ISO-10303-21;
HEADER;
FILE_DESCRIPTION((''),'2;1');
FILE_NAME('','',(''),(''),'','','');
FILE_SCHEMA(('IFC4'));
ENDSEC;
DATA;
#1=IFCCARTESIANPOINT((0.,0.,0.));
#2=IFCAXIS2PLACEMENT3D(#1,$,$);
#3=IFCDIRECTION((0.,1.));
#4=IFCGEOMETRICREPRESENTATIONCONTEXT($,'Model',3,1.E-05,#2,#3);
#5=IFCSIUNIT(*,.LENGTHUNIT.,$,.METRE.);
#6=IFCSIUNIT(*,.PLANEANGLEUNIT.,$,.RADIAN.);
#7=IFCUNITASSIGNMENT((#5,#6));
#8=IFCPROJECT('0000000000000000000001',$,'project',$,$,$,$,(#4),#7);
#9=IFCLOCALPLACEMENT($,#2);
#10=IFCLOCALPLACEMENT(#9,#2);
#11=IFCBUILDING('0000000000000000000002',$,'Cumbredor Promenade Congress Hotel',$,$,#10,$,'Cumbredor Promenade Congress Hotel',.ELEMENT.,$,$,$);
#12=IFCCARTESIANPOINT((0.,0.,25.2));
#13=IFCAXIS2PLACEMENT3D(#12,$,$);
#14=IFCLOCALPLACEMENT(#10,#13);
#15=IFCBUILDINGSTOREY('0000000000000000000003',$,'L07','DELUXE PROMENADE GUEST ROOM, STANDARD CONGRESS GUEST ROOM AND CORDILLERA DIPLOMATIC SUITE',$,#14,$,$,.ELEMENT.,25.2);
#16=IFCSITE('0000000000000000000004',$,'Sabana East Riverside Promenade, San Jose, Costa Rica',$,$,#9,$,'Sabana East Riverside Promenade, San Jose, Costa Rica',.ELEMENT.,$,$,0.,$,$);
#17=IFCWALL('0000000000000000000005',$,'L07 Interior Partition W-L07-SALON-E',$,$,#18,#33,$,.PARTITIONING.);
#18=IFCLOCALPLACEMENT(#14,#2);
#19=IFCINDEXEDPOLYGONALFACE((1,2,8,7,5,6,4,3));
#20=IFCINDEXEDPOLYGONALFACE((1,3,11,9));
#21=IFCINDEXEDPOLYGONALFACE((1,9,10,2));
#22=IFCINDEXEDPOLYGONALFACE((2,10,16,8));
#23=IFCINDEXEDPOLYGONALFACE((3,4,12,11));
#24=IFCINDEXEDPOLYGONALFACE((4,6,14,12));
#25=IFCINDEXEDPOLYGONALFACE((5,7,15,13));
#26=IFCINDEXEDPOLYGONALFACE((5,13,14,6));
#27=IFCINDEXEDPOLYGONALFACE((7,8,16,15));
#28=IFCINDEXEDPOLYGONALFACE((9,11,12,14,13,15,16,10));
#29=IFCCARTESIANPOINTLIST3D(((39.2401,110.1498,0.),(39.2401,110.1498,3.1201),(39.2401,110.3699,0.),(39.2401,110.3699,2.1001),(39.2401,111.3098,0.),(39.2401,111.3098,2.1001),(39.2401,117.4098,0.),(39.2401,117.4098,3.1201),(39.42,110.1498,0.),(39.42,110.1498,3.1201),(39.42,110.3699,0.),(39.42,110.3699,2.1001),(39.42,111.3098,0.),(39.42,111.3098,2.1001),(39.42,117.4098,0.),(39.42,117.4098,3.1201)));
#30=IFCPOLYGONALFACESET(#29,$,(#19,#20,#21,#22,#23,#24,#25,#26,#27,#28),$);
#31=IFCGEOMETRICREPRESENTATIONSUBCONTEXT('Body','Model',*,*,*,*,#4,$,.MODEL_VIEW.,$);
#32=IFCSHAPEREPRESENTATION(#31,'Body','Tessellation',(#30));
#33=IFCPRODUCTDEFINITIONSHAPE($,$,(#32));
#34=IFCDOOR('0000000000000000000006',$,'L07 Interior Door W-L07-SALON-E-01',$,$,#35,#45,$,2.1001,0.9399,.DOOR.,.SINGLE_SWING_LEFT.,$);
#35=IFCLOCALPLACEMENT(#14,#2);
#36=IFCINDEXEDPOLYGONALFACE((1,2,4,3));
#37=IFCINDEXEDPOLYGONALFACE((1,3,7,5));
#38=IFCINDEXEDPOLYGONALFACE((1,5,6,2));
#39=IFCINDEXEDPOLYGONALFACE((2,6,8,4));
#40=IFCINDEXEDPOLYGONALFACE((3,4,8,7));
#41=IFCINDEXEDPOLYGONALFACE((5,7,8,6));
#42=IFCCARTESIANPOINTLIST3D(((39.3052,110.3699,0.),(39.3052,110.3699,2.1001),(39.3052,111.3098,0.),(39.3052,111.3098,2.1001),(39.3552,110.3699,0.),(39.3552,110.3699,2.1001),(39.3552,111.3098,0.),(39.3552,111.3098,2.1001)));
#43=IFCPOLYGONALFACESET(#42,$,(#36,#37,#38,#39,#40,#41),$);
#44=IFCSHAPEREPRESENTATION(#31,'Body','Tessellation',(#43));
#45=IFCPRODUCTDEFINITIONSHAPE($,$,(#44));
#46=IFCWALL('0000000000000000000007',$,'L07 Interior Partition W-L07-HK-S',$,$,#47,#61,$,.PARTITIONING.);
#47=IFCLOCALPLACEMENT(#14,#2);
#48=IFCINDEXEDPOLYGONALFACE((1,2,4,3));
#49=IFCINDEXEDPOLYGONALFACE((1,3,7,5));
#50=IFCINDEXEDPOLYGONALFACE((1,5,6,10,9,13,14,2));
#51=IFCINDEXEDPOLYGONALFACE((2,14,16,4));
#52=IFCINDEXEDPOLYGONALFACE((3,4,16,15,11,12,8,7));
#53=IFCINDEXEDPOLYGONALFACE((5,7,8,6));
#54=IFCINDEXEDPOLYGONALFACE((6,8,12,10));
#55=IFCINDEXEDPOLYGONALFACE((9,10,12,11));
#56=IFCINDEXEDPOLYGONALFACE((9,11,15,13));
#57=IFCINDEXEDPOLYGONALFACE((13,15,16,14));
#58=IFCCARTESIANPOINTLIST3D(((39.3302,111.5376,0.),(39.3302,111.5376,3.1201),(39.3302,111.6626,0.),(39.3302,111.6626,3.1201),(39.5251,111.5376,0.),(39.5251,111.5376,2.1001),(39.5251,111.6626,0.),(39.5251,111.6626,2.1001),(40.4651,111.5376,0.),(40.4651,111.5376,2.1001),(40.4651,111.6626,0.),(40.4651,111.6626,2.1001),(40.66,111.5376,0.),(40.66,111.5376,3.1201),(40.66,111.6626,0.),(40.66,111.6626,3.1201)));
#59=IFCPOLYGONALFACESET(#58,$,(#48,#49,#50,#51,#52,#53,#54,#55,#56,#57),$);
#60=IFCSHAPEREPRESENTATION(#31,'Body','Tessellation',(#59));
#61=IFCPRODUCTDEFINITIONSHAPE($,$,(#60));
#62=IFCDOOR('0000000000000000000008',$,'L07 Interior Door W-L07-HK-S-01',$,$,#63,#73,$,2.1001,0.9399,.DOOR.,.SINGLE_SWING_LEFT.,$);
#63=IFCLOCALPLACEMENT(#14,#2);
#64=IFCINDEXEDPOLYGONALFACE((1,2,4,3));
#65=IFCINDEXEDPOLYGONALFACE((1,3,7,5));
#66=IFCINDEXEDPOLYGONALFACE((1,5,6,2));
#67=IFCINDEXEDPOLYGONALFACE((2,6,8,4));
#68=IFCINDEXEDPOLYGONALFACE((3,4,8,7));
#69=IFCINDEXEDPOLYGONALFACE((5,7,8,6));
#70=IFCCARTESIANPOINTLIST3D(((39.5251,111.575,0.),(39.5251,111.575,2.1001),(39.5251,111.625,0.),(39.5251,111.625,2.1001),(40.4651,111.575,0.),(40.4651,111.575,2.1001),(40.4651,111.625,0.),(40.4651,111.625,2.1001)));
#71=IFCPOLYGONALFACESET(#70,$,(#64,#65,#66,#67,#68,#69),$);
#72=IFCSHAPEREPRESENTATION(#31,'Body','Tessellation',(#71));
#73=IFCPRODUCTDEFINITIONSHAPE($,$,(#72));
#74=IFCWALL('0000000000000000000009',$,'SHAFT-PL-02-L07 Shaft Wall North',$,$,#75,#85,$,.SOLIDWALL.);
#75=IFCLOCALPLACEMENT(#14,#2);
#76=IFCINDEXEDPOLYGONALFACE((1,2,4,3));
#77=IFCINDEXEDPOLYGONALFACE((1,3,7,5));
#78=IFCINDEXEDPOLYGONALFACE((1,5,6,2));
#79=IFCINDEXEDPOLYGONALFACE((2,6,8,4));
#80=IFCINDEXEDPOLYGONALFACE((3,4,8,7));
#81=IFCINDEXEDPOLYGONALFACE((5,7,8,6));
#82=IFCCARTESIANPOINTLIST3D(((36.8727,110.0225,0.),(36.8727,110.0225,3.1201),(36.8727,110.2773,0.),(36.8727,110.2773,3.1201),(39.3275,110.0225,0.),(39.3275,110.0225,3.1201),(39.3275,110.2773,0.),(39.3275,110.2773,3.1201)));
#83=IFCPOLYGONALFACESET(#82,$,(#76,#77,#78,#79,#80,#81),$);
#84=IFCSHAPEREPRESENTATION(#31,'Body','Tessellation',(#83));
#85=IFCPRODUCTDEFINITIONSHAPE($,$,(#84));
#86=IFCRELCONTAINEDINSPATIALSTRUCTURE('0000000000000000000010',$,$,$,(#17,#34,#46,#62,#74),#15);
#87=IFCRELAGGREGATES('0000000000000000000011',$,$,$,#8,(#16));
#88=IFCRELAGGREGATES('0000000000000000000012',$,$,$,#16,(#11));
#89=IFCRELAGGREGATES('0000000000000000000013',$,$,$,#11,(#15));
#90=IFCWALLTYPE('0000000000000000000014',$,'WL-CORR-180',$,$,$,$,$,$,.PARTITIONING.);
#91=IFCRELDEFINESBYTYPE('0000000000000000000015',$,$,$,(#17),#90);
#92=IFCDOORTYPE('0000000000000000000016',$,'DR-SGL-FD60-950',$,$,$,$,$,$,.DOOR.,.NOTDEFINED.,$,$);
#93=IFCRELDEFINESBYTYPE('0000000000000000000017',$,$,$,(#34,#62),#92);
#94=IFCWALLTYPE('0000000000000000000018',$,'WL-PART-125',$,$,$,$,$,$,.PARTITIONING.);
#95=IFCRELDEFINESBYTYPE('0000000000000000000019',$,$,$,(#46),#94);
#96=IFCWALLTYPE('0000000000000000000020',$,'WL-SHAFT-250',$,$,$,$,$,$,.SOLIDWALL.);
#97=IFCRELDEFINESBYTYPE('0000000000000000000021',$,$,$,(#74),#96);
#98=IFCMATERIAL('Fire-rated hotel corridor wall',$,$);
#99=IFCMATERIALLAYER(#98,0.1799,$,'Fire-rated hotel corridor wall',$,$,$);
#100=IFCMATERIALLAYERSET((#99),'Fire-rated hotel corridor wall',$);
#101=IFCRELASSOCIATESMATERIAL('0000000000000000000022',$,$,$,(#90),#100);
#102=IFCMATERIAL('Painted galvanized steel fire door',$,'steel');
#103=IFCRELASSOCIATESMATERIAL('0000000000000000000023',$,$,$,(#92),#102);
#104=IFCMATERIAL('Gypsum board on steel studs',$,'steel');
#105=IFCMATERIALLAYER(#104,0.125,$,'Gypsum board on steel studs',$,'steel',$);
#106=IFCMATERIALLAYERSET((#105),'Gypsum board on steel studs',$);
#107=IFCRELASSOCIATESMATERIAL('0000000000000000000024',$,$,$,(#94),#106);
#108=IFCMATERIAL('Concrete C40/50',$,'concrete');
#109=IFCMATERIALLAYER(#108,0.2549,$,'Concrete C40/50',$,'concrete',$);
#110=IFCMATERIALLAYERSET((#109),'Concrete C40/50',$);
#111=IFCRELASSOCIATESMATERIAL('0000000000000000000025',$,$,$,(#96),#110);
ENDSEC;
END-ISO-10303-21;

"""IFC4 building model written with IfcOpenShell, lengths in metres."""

from ifc_helpers import new_model, si_unit, direction, frame, frame_2d, origin, place, context, subcontext, project, spatial, rectangle, extrude, material, layer, layer_set, type_object, element, fill, save


model = new_model("IFC4")

# Units and contexts
model_context = context("Model", 3, precision=1e-05, world=origin(), true_north=direction((0.0, 1.0)))
body_context = subcontext(model_context, "Body", "Model", "MODEL_VIEW")
ifc_project = project(units=[si_unit("LENGTHUNIT", "METRE"), si_unit("PLANEANGLEUNIT", "RADIAN")], contexts=[model_context])

# Site, building, storey
site_placement = place(None, origin())
site = spatial("IfcSite", under=ifc_project, at=site_placement, Name="Sabana East Riverside Promenade, San Jose, Costa Rica", LongName="Sabana East Riverside Promenade, San Jose, Costa Rica", CompositionType="ELEMENT", RefElevation=0.0)
building_placement = place(site_placement, origin())
building = spatial("IfcBuilding", under=site, at=building_placement, Name="Cumbredor Promenade Congress Hotel", LongName="Cumbredor Promenade Congress Hotel", CompositionType="ELEMENT")
storey_placement = place(building_placement, frame((0.0, 0.0, 25.2)))
storey = spatial("IfcBuildingStorey", under=building, at=storey_placement, Name="L07", Description="DELUXE PROMENADE GUEST ROOM, STANDARD CONGRESS GUEST ROOM AND CORDILLERA DIPLOMATIC SUITE", CompositionType="ELEMENT", Elevation=25.2)

# Walls, openings, doors
ifc_material_1 = material(Name="Fire-rated hotel corridor wall")
ifc_layer_1 = layer(ifc_material_1, 0.1799, Name="Fire-rated hotel corridor wall")
ifc_layer_set_1 = layer_set([ifc_layer_1], Name="Fire-rated hotel corridor wall")
wall_type_1 = type_object("IfcWallType", Name="WL-CORR-180", PredefinedType="PARTITIONING", material=ifc_layer_set_1)
wall_1_placement = place(storey_placement, frame((39.3301, 110.1499, 0.0), z_axis=(0.0, 0.0, 1.0), x_axis=(0.0, 1.0, 0.0)))
wall_1 = element("IfcWall", 1, at=wall_1_placement, inside=storey, type_object=wall_type_1, Name="L07 Interior Partition W-L07-SALON-E", PredefinedType="PARTITIONING", context=body_context, shape_type="SweptSolid", body=[
    extrude(rectangle(XDim=7.26, YDim=0.1799, at=frame_2d((3.6299, 0.0))), origin(), (0.0, 0.0, 1.0), 3.1201),
])
opening_1_placement = place(wall_1_placement, frame((0.22, 0.0, 0.0)))
opening_1 = element("IfcOpeningElement", 2, at=opening_1_placement, cuts=wall_1, PredefinedType="OPENING", context=body_context, shape_type="SweptSolid", body=[
    extrude(rectangle(XDim=0.9399, YDim=2.1001, at=frame_2d((0.47, 1.05))), frame((0.0, 0.1001, 0.0), z_axis=(0.0, -1.0, 0.0), x_axis=(1.0, 0.0, 0.0)), (0.0, 0.0, 1.0), 0.2),
])
ifc_material_2 = material(Name="Painted galvanized steel fire door", Category="steel")
door_type = type_object("IfcDoorType", Name="DR-SGL-FD60-950", OperationType="NOTDEFINED", PredefinedType="DOOR", material=ifc_material_2)
door_1_placement = place(opening_1_placement, origin())
door_1 = element("IfcDoor", 3, at=door_1_placement, inside=storey, type_object=door_type, Name="L07 Interior Door W-L07-SALON-E-01", OperationType="SINGLE_SWING_LEFT", OverallHeight=2.1001, OverallWidth=0.9399, PredefinedType="DOOR", context=body_context, shape_type="SweptSolid", body=[
    extrude(rectangle(XDim=0.9399, YDim=2.1001, at=frame_2d((0.47, 1.05))), frame((0.0, 0.0249, 0.0), z_axis=(0.0, -1.0, 0.0), x_axis=(1.0, 0.0, 0.0)), (0.0, 0.0, 1.0), 0.05),
])
fill(opening_1, door_1)
ifc_material_3 = material(Name="Gypsum board on steel studs", Category="steel")
ifc_layer_2 = layer(ifc_material_3, 0.125, Name="Gypsum board on steel studs", Category="steel")
ifc_layer_set_2 = layer_set([ifc_layer_2], Name="Gypsum board on steel studs")
wall_type_2 = type_object("IfcWallType", Name="WL-PART-125", PredefinedType="PARTITIONING", material=ifc_layer_set_2)
wall_2_placement = place(storey_placement, frame((39.3301, 111.6001, 0.0), z_axis=(0.0, 0.0, 1.0), x_axis=(1.0, 0.0, 0.0)))
wall_2 = element("IfcWall", 4, at=wall_2_placement, inside=storey, type_object=wall_type_2, Name="L07 Interior Partition W-L07-HK-S", PredefinedType="PARTITIONING", context=body_context, shape_type="SweptSolid", body=[
    extrude(rectangle(XDim=1.3298, YDim=0.125, at=frame_2d((0.665, 0.0))), origin(), (0.0, 0.0, 1.0), 3.1201),
])
opening_2_placement = place(wall_2_placement, frame((0.1951, 0.0, 0.0)))
opening_2 = element("IfcOpeningElement", 5, at=opening_2_placement, cuts=wall_2, PredefinedType="OPENING", context=body_context, shape_type="SweptSolid", body=[
    extrude(rectangle(XDim=0.9399, YDim=2.1001, at=frame_2d((0.47, 1.05))), frame((0.0, 0.0725, 0.0), z_axis=(0.0, -1.0, 0.0), x_axis=(1.0, 0.0, 0.0)), (0.0, 0.0, 1.0), 0.145),
])
door_2_placement = place(opening_2_placement, origin())
door_2 = element("IfcDoor", 6, at=door_2_placement, inside=storey, type_object=door_type, Name="L07 Interior Door W-L07-HK-S-01", OperationType="SINGLE_SWING_LEFT", OverallHeight=2.1001, OverallWidth=0.9399, PredefinedType="DOOR", context=body_context, shape_type="SweptSolid", body=[
    extrude(rectangle(XDim=0.9399, YDim=2.1001, at=frame_2d((0.47, 1.05))), frame((0.0, 0.0249, 0.0), z_axis=(0.0, -1.0, 0.0), x_axis=(1.0, 0.0, 0.0)), (0.0, 0.0, 1.0), 0.05),
])
fill(opening_2, door_2)

# Wall
ifc_material_4 = material(Name="Concrete C40/50", Category="concrete")
ifc_layer_3 = layer(ifc_material_4, 0.2549, Name="Concrete C40/50", Category="concrete")
ifc_layer_set_3 = layer_set([ifc_layer_3], Name="Concrete C40/50")
wall_type_3 = type_object("IfcWallType", Name="WL-SHAFT-250", PredefinedType="SOLIDWALL", material=ifc_layer_set_3)
wall_3_placement = place(storey_placement, frame((36.8726, 110.1499, 0.0), z_axis=(0.0, 0.0, 1.0), x_axis=(1.0, 0.0, 0.0)))
element("IfcWall", 7, at=wall_3_placement, inside=storey, type_object=wall_type_3, Name="SHAFT-PL-02-L07 Shaft Wall North", PredefinedType="SOLIDWALL", context=body_context, shape_type="SweptSolid", body=[
    extrude(rectangle(XDim=2.4548, YDim=0.2549, at=frame_2d((1.2275, 0.0))), origin(), (0.0, 0.0, 1.0), 3.1201),
])

save(model, "model.ifc")
